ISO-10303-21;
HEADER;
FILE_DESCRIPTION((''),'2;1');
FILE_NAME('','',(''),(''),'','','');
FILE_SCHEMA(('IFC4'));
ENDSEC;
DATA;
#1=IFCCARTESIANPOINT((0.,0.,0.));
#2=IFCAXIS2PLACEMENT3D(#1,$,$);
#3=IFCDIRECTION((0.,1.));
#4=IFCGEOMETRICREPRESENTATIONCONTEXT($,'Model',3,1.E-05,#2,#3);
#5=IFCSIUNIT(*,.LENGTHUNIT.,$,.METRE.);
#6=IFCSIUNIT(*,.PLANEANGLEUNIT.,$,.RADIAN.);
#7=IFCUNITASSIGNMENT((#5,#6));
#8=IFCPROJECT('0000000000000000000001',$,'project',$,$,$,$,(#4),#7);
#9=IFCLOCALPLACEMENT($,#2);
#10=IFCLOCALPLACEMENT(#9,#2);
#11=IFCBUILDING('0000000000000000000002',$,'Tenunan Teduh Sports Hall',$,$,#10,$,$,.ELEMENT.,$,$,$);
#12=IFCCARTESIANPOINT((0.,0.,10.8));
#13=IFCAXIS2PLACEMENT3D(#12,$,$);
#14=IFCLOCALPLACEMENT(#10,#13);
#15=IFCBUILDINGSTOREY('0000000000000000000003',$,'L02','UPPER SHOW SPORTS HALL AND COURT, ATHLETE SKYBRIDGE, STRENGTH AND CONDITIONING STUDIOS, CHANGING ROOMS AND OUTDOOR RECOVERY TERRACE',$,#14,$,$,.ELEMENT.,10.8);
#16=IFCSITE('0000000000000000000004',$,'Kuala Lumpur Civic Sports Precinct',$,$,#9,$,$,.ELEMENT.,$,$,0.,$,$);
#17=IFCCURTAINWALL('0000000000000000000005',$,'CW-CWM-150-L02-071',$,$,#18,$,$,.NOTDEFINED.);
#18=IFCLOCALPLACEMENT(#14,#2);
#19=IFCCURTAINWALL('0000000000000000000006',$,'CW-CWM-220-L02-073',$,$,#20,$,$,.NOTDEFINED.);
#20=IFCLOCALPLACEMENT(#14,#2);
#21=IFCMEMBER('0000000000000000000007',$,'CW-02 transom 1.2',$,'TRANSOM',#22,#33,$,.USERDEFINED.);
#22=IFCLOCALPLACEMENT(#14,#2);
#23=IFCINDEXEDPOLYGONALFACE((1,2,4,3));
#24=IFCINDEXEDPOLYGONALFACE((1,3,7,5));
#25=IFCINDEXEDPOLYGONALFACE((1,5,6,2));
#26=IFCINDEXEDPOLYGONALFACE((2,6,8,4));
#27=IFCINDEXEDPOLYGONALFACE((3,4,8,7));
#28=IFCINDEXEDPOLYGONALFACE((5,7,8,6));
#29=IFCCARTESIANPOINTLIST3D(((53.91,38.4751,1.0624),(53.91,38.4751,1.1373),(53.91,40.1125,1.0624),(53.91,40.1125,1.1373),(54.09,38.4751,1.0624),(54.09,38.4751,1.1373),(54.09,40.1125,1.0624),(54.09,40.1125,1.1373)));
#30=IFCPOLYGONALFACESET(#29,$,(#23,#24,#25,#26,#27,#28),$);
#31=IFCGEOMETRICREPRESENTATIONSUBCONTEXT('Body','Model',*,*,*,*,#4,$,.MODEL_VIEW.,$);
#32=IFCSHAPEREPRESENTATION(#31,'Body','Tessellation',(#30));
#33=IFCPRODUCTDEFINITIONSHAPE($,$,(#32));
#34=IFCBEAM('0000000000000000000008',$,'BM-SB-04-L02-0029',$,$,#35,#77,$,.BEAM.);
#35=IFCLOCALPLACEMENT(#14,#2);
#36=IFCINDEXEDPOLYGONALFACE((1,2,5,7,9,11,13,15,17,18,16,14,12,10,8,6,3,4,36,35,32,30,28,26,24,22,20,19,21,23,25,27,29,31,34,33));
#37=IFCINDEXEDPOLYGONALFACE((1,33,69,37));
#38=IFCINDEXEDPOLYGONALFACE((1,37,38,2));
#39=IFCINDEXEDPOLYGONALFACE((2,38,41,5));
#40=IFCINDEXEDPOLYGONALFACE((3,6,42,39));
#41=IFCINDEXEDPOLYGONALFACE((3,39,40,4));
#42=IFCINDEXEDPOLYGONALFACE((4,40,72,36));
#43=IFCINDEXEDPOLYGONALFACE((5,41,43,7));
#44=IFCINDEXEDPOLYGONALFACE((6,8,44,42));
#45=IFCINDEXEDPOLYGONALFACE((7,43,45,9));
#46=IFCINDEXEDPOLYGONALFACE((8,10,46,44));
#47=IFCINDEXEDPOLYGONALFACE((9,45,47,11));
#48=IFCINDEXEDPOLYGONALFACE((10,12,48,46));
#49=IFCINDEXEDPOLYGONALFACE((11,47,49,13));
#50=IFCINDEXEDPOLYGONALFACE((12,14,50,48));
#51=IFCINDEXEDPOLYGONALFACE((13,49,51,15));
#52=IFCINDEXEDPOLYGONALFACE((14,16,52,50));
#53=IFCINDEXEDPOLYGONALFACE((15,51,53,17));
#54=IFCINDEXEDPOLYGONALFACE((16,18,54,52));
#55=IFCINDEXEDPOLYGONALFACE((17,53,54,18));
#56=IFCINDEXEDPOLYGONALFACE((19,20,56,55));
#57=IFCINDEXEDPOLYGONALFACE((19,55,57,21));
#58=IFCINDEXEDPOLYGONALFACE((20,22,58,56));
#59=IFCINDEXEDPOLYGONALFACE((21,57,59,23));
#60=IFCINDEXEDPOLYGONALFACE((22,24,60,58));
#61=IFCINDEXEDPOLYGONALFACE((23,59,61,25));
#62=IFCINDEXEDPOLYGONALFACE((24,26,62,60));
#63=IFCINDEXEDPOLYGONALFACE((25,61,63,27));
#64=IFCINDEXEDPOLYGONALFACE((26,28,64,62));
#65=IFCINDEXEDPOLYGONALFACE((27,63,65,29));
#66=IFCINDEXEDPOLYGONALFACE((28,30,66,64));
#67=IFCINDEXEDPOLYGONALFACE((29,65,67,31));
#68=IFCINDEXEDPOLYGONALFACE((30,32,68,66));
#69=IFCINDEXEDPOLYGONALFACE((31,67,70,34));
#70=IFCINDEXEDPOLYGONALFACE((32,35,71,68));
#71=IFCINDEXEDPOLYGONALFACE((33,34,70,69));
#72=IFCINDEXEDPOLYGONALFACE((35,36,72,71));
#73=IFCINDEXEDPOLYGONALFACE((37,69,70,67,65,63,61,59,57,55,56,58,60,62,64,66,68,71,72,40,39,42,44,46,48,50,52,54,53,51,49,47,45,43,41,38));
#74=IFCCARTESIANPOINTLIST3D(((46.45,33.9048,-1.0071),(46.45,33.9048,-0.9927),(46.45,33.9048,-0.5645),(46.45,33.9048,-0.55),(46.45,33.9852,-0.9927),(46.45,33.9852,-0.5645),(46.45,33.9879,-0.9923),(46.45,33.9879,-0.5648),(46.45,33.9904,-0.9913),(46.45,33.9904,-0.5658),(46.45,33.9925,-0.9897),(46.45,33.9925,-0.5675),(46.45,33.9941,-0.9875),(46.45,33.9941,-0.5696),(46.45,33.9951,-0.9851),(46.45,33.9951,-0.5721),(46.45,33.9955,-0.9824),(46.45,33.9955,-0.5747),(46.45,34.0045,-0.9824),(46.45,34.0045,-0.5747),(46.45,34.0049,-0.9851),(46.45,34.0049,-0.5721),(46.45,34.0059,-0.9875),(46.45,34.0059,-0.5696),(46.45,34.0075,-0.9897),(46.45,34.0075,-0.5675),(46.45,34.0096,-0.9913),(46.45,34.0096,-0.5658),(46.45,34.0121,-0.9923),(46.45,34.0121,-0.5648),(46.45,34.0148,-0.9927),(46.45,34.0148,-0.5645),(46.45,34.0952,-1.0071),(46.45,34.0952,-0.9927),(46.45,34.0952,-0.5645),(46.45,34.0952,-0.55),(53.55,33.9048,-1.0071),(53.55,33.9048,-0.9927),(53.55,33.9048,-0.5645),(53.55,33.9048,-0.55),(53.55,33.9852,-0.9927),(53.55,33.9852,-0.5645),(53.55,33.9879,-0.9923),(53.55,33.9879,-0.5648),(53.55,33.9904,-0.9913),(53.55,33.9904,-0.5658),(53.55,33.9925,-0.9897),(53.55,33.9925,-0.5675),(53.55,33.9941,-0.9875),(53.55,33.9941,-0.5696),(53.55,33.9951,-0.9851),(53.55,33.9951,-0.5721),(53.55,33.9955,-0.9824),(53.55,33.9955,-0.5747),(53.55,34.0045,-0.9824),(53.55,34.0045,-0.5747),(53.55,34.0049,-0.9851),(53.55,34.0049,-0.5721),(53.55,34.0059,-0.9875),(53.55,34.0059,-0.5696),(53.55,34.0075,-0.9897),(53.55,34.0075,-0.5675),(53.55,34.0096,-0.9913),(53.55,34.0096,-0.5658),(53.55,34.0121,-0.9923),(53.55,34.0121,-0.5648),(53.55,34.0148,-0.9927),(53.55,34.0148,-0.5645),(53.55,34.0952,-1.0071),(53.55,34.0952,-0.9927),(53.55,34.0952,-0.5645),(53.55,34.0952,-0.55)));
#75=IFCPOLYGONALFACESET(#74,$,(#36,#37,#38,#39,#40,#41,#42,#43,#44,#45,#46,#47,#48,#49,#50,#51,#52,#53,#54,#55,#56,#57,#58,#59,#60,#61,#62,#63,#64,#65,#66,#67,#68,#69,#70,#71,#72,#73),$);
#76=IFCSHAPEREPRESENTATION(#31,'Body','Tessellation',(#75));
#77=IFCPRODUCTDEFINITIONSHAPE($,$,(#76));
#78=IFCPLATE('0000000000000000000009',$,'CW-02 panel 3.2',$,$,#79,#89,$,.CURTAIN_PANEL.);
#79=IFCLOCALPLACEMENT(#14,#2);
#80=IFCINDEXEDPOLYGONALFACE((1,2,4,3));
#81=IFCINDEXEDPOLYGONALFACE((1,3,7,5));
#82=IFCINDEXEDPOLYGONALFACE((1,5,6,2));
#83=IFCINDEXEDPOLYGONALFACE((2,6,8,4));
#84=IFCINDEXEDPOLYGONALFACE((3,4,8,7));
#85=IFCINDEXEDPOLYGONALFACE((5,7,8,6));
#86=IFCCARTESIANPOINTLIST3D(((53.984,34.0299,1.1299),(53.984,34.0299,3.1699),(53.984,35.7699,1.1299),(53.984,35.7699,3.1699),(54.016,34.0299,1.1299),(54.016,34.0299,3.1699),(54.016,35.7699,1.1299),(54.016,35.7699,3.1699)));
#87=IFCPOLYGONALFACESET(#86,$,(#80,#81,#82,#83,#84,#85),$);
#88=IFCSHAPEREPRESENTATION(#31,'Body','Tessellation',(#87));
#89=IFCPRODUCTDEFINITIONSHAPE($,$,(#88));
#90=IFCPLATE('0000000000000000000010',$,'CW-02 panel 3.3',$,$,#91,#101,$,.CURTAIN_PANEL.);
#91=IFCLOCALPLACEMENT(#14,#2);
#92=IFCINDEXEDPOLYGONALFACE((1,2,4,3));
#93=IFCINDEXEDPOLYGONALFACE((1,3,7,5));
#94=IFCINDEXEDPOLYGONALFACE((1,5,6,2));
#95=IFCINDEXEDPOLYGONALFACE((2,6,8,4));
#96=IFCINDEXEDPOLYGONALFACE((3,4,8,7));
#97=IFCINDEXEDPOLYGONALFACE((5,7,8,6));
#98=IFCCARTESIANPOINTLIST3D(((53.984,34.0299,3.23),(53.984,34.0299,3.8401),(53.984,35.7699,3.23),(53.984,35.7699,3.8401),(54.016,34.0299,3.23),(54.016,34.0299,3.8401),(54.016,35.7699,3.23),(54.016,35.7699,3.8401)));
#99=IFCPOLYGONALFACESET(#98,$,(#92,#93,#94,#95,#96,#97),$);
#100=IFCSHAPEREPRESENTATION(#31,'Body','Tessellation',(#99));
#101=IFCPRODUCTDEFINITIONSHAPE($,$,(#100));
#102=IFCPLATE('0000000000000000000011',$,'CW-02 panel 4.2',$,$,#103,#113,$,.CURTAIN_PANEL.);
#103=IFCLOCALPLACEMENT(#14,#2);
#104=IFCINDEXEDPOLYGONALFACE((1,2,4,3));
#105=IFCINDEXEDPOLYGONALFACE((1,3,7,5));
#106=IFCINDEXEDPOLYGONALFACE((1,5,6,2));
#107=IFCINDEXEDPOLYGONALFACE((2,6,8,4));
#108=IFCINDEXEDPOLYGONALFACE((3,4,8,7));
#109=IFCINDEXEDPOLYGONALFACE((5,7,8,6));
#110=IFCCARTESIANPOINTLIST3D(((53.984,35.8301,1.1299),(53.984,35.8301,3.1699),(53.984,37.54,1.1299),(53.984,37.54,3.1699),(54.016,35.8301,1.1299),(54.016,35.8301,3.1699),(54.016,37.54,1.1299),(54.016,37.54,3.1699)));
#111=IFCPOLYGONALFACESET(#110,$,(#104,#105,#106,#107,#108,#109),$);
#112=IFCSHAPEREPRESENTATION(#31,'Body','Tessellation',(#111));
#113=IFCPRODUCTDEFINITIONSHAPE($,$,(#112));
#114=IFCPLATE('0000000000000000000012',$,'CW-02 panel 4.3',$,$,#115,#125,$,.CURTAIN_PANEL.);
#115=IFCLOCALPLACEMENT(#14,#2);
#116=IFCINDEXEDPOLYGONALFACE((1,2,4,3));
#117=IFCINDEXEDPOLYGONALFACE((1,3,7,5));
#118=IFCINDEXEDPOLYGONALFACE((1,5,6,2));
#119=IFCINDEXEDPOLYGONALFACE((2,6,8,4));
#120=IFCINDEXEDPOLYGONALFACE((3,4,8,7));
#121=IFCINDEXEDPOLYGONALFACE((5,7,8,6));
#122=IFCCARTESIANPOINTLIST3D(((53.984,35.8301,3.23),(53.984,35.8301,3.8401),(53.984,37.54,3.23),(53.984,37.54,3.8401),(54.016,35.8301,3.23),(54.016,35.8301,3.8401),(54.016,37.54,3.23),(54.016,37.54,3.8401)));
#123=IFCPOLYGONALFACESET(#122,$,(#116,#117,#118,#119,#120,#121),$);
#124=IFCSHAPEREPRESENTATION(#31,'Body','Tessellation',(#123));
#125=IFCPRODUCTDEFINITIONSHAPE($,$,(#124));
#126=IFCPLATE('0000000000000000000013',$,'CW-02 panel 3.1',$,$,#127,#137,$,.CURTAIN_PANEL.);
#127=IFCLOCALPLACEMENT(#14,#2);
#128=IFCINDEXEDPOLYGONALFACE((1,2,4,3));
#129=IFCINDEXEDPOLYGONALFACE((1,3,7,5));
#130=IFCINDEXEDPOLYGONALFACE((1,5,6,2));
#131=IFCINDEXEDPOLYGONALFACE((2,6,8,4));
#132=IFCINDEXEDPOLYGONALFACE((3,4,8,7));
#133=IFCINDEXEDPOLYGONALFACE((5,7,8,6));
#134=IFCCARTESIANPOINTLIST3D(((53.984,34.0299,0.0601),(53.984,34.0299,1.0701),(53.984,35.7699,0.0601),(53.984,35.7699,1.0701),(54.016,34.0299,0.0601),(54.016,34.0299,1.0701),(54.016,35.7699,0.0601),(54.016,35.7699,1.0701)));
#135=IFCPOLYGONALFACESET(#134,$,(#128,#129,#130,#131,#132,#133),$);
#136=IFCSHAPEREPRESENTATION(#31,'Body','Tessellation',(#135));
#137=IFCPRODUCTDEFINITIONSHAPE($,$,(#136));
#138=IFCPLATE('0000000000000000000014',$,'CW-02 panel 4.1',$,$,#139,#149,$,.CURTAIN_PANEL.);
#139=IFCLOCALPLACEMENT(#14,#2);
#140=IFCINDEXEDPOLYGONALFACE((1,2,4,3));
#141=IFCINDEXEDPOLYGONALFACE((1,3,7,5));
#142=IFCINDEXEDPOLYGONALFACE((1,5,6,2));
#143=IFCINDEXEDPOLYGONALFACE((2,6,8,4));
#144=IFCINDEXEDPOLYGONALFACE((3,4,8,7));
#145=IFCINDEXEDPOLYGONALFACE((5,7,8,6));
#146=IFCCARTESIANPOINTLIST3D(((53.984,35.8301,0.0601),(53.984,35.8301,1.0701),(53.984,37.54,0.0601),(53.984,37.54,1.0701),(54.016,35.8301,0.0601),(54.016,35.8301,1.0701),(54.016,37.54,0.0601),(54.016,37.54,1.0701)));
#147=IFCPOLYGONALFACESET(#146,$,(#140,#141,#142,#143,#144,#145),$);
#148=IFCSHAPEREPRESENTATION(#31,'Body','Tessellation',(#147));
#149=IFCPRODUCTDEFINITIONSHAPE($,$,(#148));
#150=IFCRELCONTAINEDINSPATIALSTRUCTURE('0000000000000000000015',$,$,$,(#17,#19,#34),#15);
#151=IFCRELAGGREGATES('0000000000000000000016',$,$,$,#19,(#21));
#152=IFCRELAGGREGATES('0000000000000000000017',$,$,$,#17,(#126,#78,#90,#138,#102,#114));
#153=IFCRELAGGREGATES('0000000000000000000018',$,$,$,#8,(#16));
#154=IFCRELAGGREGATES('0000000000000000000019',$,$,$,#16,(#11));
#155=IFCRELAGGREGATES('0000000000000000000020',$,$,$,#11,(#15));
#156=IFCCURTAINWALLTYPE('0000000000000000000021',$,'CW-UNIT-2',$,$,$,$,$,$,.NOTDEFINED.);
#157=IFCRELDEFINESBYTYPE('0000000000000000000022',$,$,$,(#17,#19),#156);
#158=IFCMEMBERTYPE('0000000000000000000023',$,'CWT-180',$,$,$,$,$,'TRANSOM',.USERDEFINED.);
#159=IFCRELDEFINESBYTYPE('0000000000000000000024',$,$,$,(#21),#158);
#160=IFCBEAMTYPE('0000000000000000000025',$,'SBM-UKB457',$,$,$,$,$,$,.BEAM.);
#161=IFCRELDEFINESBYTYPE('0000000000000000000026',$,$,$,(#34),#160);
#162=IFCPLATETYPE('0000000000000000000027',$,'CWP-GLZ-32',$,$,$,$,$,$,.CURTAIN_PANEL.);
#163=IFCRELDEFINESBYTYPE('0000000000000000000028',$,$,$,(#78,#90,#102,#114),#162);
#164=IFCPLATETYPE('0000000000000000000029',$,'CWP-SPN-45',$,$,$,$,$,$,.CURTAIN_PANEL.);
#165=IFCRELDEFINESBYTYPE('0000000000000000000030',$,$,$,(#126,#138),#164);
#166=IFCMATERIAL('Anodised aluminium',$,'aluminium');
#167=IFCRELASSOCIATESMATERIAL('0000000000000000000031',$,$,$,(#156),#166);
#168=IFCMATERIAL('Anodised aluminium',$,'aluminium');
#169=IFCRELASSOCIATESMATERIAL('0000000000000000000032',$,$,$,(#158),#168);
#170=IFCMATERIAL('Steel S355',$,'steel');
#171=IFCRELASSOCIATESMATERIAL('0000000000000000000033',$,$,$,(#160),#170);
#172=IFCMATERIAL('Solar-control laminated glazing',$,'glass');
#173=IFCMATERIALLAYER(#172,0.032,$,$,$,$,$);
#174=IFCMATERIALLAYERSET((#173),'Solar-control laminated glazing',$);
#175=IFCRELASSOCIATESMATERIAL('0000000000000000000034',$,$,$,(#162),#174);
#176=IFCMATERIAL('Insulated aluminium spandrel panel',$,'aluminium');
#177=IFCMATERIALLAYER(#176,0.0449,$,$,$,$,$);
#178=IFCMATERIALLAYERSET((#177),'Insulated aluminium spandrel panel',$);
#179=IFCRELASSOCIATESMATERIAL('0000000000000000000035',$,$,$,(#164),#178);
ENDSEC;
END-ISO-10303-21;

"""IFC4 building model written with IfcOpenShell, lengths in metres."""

from ifc_helpers import new_model, si_unit, direction, frame, origin, origin_2d, place, context, subcontext, project, spatial, rectangle, i_section, extrude, material, layer, layer_set, material_profile, profile_set, type_object, element, aggregate, save


model = new_model("IFC4")

# Units and contexts
model_context = context("Model", 3, precision=1e-05, world=origin(), true_north=direction((0.0, 1.0)))
body_context = subcontext(model_context, "Body", "Model", "MODEL_VIEW")
ifc_project = project(units=[si_unit("LENGTHUNIT", "METRE"), si_unit("PLANEANGLEUNIT", "RADIAN")], contexts=[model_context])

# Site, building, storey
site_placement = place(None, origin())
site = spatial("IfcSite", under=ifc_project, at=site_placement, Name="Kuala Lumpur Civic Sports Precinct", CompositionType="ELEMENT", RefElevation=0.0)
building_placement = place(site_placement, origin())
building = spatial("IfcBuilding", under=site, at=building_placement, Name="Tenunan Teduh Sports Hall", CompositionType="ELEMENT")
storey_placement = place(building_placement, frame((0.0, 0.0, 10.8)))
storey = spatial("IfcBuildingStorey", under=building, at=storey_placement, Name="L02", Description="UPPER SHOW SPORTS HALL AND COURT, ATHLETE SKYBRIDGE, STRENGTH AND CONDITIONING STUDIOS, CHANGING ROOMS AND OUTDOOR RECOVERY TERRACE", CompositionType="ELEMENT", Elevation=10.8)

# Curtain wall
ifc_material_1 = material(Name="Anodised aluminium", Category="aluminium")
curtain_wall_type = type_object("IfcCurtainWallType", Name="CW-UNIT-2", PredefinedType="NOTDEFINED", material=ifc_material_1)
curtain_wall_1_placement = place(storey_placement, origin())
curtain_wall_1 = element("IfcCurtainWall", 1, at=curtain_wall_1_placement, inside=storey, type_object=curtain_wall_type, Name="CW-CWM-150-L02-071", PredefinedType="NOTDEFINED")

# Curtain wall
curtain_wall_2_placement = place(storey_placement, origin())
curtain_wall_2 = element("IfcCurtainWall", 2, at=curtain_wall_2_placement, inside=storey, type_object=curtain_wall_type, Name="CW-CWM-220-L02-073", PredefinedType="NOTDEFINED")

# Member
ifc_material_2 = material(Name="Anodised aluminium", Category="aluminium")
ifc_material_profile_1 = material_profile(ifc_material_2, rectangle(XDim=0.075, YDim=0.1799, at=origin_2d()), Name="CWT 75x180")
ifc_profile_set_1 = profile_set([ifc_material_profile_1], Name="Anodised aluminium")
member_type_1 = type_object("IfcMemberType", Name="CWT-180", ElementType="TRANSOM", PredefinedType="USERDEFINED", material=ifc_profile_set_1)
member_1_placement = place(storey_placement, frame((54.0, 38.4751, 1.0999), z_axis=(0.0, 1.0, 0.0), x_axis=(0.0, 0.0, 1.0)))
member_1 = element("IfcMember", 3, at=member_1_placement, type_object=member_type_1, Name="CW-02 transom 1.2", ObjectType="TRANSOM", PredefinedType="USERDEFINED", context=body_context, shape_type="SweptSolid", body=[
    extrude(rectangle(XDim=0.075, YDim=0.1799, at=origin_2d()), origin(), (0.0, 0.0, 1.0), 1.6375),
])
aggregate(curtain_wall_2, [member_1])

# Beam
ifc_material_3 = material(Name="Steel S355", Category="steel")
ifc_material_profile_2 = material_profile(ifc_material_3, i_section(OverallWidth=0.1904, OverallDepth=0.457, WebThickness=0.009, FlangeThickness=0.0144, FilletRadius=0.0103, at=origin_2d()), Name="UKB 457x191x74")
ifc_profile_set_2 = profile_set([ifc_material_profile_2], Name="Steel S355")
beam_type = type_object("IfcBeamType", Name="SBM-UKB457", PredefinedType="BEAM", material=ifc_profile_set_2)
beam_placement = place(storey_placement, frame((46.45, 34.0, -0.7786), z_axis=(1.0, 0.0, 0.0), x_axis=(0.0, 1.0, 0.0)))
element("IfcBeam", 4, at=beam_placement, inside=storey, type_object=beam_type, Name="BM-SB-04-L02-0029", PredefinedType="BEAM", context=body_context, shape_type="SweptSolid", body=[
    extrude(i_section(OverallWidth=0.1904, OverallDepth=0.457, WebThickness=0.009, FlangeThickness=0.0144, FilletRadius=0.0103, at=origin_2d()), origin(), (0.0, 0.0, 1.0), 7.1001),
])

# Plates
ifc_material_4 = material(Name="Solar-control laminated glazing", Category="glass")
ifc_layer_1 = layer(ifc_material_4, 0.032)
ifc_layer_set_1 = layer_set([ifc_layer_1], Name="Solar-control laminated glazing")
plate_type_1 = type_object("IfcPlateType", Name="CWP-GLZ-32", PredefinedType="CURTAIN_PANEL", material=ifc_layer_set_1)
plate_1_placement = place(storey_placement, frame((54.0, 34.8999, 1.1299), z_axis=(0.0, 0.0, 1.0), x_axis=(0.0, 1.0, 0.0)))
plate_1 = element("IfcPlate", 5, at=plate_1_placement, type_object=plate_type_1, Name="CW-02 panel 3.2", PredefinedType="CURTAIN_PANEL", context=body_context, shape_type="SweptSolid", body=[
    extrude(rectangle(XDim=1.74, YDim=0.032, at=origin_2d()), origin(), (0.0, 0.0, 1.0), 2.04),
])
plate_2_placement = place(storey_placement, frame((54.0, 34.8999, 3.23), z_axis=(0.0, 0.0, 1.0), x_axis=(0.0, 1.0, 0.0)))
plate_2 = element("IfcPlate", 6, at=plate_2_placement, type_object=plate_type_1, Name="CW-02 panel 3.3", PredefinedType="CURTAIN_PANEL", context=body_context, shape_type="SweptSolid", body=[
    extrude(rectangle(XDim=1.74, YDim=0.032, at=origin_2d()), origin(), (0.0, 0.0, 1.0), 0.6101),
])
plate_3_placement = place(storey_placement, frame((54.0, 36.6851, 1.1299), z_axis=(0.0, 0.0, 1.0), x_axis=(0.0, 1.0, 0.0)))
plate_3 = element("IfcPlate", 7, at=plate_3_placement, type_object=plate_type_1, Name="CW-02 panel 4.2", PredefinedType="CURTAIN_PANEL", context=body_context, shape_type="SweptSolid", body=[
    extrude(rectangle(XDim=1.71, YDim=0.032, at=origin_2d()), origin(), (0.0, 0.0, 1.0), 2.04),
])
plate_4_placement = place(storey_placement, frame((54.0, 36.6851, 3.23), z_axis=(0.0, 0.0, 1.0), x_axis=(0.0, 1.0, 0.0)))
plate_4 = element("IfcPlate", 8, at=plate_4_placement, type_object=plate_type_1, Name="CW-02 panel 4.3", PredefinedType="CURTAIN_PANEL", context=body_context, shape_type="SweptSolid", body=[
    extrude(rectangle(XDim=1.71, YDim=0.032, at=origin_2d()), origin(), (0.0, 0.0, 1.0), 0.6101),
])
ifc_material_5 = material(Name="Insulated aluminium spandrel panel", Category="aluminium")
ifc_layer_2 = layer(ifc_material_5, 0.0449)
ifc_layer_set_2 = layer_set([ifc_layer_2], Name="Insulated aluminium spandrel panel")
plate_type_2 = type_object("IfcPlateType", Name="CWP-SPN-45", PredefinedType="CURTAIN_PANEL", material=ifc_layer_set_2)
plate_5_placement = place(storey_placement, frame((54.0, 34.8999, 0.0601), z_axis=(0.0, 0.0, 1.0), x_axis=(0.0, 1.0, 0.0)))
plate_5 = element("IfcPlate", 9, at=plate_5_placement, type_object=plate_type_2, Name="CW-02 panel 3.1", PredefinedType="CURTAIN_PANEL", context=body_context, shape_type="SweptSolid", body=[
    extrude(rectangle(XDim=1.74, YDim=0.032, at=origin_2d()), origin(), (0.0, 0.0, 1.0), 1.01),
])
plate_6_placement = place(storey_placement, frame((54.0, 36.6851, 0.0601), z_axis=(0.0, 0.0, 1.0), x_axis=(0.0, 1.0, 0.0)))
plate_6 = element("IfcPlate", 10, at=plate_6_placement, type_object=plate_type_2, Name="CW-02 panel 4.1", PredefinedType="CURTAIN_PANEL", context=body_context, shape_type="SweptSolid", body=[
    extrude(rectangle(XDim=1.71, YDim=0.032, at=origin_2d()), origin(), (0.0, 0.0, 1.0), 1.01),
])
aggregate(curtain_wall_1, [plate_5, plate_1, plate_2, plate_6, plate_3, plate_4])

save(model, "model.ifc")
